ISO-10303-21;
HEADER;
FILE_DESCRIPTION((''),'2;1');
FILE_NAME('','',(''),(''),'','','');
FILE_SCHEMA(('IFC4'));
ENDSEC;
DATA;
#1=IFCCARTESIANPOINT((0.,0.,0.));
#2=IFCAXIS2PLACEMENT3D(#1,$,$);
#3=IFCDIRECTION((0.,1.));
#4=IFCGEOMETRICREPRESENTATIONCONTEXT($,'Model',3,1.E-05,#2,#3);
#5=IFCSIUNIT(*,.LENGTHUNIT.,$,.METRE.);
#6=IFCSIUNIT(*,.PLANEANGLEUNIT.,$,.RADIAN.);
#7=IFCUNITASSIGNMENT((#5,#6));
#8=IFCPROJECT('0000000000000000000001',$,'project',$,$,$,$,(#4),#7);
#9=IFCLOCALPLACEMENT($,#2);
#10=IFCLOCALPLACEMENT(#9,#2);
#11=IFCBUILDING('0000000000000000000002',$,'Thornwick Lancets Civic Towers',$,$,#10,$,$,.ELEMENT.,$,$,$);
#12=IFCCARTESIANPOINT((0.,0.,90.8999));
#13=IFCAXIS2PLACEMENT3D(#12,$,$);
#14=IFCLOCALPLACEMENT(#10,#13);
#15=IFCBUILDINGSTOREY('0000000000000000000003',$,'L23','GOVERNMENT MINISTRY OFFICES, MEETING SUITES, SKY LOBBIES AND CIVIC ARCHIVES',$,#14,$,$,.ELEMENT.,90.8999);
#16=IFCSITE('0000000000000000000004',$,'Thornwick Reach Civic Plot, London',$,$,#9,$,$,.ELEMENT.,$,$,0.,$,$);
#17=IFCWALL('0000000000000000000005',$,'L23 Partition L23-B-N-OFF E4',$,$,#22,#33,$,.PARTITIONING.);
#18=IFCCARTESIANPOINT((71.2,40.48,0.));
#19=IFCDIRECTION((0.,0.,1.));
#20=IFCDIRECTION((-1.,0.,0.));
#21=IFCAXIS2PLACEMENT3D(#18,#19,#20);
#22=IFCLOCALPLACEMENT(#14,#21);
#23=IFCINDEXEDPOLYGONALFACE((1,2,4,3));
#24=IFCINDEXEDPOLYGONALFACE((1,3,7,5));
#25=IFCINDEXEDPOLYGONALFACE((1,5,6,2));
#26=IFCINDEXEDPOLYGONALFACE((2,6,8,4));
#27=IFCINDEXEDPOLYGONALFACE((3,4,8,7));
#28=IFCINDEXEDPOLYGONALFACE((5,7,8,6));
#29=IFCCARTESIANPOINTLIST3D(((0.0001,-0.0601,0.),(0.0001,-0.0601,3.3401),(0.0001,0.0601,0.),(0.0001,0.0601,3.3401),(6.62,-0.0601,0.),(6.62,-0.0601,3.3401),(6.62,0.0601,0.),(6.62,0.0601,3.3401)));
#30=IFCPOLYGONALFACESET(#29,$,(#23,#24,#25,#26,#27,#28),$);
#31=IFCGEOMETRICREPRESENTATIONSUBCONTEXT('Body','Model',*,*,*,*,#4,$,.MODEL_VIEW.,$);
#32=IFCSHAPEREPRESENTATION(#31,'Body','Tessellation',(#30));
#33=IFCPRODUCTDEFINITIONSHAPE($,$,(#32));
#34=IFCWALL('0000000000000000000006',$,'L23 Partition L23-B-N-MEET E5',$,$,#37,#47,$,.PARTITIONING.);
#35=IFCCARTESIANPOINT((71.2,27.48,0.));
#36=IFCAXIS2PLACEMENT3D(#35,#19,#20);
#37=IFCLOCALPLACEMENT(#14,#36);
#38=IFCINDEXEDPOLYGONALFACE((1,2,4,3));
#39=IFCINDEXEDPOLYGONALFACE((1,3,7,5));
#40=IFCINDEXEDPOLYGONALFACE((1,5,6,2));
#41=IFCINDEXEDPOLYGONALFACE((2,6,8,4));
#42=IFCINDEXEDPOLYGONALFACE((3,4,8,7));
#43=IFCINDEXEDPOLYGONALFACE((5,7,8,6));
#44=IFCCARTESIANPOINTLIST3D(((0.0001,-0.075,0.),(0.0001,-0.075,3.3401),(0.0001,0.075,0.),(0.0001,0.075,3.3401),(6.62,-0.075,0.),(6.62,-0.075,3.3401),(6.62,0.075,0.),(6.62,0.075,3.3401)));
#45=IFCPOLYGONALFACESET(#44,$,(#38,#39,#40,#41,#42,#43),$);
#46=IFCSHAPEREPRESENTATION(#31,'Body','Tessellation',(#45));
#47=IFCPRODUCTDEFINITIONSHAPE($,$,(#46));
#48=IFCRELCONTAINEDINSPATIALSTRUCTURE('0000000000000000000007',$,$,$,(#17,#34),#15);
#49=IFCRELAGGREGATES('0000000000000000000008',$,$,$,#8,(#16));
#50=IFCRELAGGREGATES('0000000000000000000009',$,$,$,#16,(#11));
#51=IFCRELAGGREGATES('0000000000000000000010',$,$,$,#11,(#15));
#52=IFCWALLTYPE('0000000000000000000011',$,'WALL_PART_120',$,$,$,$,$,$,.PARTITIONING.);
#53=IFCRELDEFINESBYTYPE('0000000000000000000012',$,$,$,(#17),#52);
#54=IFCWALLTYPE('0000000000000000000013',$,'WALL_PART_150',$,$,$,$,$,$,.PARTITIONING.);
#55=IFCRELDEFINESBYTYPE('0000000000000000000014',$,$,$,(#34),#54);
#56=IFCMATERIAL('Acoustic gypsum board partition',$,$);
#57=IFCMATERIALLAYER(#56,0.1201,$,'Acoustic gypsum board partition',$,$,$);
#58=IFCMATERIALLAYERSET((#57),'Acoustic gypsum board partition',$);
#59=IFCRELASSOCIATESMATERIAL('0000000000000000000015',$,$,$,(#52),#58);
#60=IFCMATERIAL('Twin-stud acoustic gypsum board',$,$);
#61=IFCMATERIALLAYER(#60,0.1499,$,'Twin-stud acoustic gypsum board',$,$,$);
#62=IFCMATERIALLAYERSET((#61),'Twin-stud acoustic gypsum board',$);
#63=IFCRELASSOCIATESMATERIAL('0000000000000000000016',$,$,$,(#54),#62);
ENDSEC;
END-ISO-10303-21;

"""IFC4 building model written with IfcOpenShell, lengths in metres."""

from ifc_helpers import new_model, si_unit, direction, frame, frame_2d, origin, place, context, subcontext, project, spatial, rectangle, extrude, material, layer, layer_set, type_object, element, save


model = new_model("IFC4")

# Units and contexts
model_context = context("Model", 3, precision=1e-05, world=origin(), true_north=direction((0.0, 1.0)))
body_context = subcontext(model_context, "Body", "Model", "MODEL_VIEW")
ifc_project = project(units=[si_unit("LENGTHUNIT", "METRE"), si_unit("PLANEANGLEUNIT", "RADIAN")], contexts=[model_context])

# Site, building, storey
site_placement = place(None, origin())
site = spatial("IfcSite", under=ifc_project, at=site_placement, Name="Thornwick Reach Civic Plot, London", CompositionType="ELEMENT", RefElevation=0.0)
building_placement = place(site_placement, origin())
building = spatial("IfcBuilding", under=site, at=building_placement, Name="Thornwick Lancets Civic Towers", CompositionType="ELEMENT")
storey_placement = place(building_placement, frame((0.0, 0.0, 90.8999)))
storey = spatial("IfcBuildingStorey", under=building, at=storey_placement, Name="L23", Description="GOVERNMENT MINISTRY OFFICES, MEETING SUITES, SKY LOBBIES AND CIVIC ARCHIVES", CompositionType="ELEMENT", Elevation=90.8999)

# Wall
ifc_material_1 = material(Name="Acoustic gypsum board partition")
ifc_layer_1 = layer(ifc_material_1, 0.1201, Name="Acoustic gypsum board partition")
ifc_layer_set_1 = layer_set([ifc_layer_1], Name="Acoustic gypsum board partition")
wall_type_1 = type_object("IfcWallType", Name="WALL_PART_120", PredefinedType="PARTITIONING", material=ifc_layer_set_1)
wall_1_placement = place(storey_placement, frame((71.2, 40.48, 0.0), z_axis=(0.0, 0.0, 1.0), x_axis=(-1.0, 0.0, 0.0)))
element("IfcWall", 1, at=wall_1_placement, inside=storey, type_object=wall_type_1, Name="L23 Partition L23-B-N-OFF E4", PredefinedType="PARTITIONING", context=body_context, shape_type="SweptSolid", body=[
    extrude(rectangle(XDim=6.6199, YDim=0.1201, at=frame_2d((3.3101, 0.0))), origin(), (0.0, 0.0, 1.0), 3.3401),
])

# Wall
ifc_material_2 = material(Name="Twin-stud acoustic gypsum board")
ifc_layer_2 = layer(ifc_material_2, 0.1499, Name="Twin-stud acoustic gypsum board")
ifc_layer_set_2 = layer_set([ifc_layer_2], Name="Twin-stud acoustic gypsum board")
wall_type_2 = type_object("IfcWallType", Name="WALL_PART_150", PredefinedType="PARTITIONING", material=ifc_layer_set_2)
wall_2_placement = place(storey_placement, frame((71.2, 27.48, 0.0), z_axis=(0.0, 0.0, 1.0), x_axis=(-1.0, 0.0, 0.0)))
element("IfcWall", 2, at=wall_2_placement, inside=storey, type_object=wall_type_2, Name="L23 Partition L23-B-N-MEET E5", PredefinedType="PARTITIONING", context=body_context, shape_type="SweptSolid", body=[
    extrude(rectangle(XDim=6.6199, YDim=0.1499, at=frame_2d((3.3101, 0.0))), origin(), (0.0, 0.0, 1.0), 3.3401),
])

save(model, "model.ifc")
